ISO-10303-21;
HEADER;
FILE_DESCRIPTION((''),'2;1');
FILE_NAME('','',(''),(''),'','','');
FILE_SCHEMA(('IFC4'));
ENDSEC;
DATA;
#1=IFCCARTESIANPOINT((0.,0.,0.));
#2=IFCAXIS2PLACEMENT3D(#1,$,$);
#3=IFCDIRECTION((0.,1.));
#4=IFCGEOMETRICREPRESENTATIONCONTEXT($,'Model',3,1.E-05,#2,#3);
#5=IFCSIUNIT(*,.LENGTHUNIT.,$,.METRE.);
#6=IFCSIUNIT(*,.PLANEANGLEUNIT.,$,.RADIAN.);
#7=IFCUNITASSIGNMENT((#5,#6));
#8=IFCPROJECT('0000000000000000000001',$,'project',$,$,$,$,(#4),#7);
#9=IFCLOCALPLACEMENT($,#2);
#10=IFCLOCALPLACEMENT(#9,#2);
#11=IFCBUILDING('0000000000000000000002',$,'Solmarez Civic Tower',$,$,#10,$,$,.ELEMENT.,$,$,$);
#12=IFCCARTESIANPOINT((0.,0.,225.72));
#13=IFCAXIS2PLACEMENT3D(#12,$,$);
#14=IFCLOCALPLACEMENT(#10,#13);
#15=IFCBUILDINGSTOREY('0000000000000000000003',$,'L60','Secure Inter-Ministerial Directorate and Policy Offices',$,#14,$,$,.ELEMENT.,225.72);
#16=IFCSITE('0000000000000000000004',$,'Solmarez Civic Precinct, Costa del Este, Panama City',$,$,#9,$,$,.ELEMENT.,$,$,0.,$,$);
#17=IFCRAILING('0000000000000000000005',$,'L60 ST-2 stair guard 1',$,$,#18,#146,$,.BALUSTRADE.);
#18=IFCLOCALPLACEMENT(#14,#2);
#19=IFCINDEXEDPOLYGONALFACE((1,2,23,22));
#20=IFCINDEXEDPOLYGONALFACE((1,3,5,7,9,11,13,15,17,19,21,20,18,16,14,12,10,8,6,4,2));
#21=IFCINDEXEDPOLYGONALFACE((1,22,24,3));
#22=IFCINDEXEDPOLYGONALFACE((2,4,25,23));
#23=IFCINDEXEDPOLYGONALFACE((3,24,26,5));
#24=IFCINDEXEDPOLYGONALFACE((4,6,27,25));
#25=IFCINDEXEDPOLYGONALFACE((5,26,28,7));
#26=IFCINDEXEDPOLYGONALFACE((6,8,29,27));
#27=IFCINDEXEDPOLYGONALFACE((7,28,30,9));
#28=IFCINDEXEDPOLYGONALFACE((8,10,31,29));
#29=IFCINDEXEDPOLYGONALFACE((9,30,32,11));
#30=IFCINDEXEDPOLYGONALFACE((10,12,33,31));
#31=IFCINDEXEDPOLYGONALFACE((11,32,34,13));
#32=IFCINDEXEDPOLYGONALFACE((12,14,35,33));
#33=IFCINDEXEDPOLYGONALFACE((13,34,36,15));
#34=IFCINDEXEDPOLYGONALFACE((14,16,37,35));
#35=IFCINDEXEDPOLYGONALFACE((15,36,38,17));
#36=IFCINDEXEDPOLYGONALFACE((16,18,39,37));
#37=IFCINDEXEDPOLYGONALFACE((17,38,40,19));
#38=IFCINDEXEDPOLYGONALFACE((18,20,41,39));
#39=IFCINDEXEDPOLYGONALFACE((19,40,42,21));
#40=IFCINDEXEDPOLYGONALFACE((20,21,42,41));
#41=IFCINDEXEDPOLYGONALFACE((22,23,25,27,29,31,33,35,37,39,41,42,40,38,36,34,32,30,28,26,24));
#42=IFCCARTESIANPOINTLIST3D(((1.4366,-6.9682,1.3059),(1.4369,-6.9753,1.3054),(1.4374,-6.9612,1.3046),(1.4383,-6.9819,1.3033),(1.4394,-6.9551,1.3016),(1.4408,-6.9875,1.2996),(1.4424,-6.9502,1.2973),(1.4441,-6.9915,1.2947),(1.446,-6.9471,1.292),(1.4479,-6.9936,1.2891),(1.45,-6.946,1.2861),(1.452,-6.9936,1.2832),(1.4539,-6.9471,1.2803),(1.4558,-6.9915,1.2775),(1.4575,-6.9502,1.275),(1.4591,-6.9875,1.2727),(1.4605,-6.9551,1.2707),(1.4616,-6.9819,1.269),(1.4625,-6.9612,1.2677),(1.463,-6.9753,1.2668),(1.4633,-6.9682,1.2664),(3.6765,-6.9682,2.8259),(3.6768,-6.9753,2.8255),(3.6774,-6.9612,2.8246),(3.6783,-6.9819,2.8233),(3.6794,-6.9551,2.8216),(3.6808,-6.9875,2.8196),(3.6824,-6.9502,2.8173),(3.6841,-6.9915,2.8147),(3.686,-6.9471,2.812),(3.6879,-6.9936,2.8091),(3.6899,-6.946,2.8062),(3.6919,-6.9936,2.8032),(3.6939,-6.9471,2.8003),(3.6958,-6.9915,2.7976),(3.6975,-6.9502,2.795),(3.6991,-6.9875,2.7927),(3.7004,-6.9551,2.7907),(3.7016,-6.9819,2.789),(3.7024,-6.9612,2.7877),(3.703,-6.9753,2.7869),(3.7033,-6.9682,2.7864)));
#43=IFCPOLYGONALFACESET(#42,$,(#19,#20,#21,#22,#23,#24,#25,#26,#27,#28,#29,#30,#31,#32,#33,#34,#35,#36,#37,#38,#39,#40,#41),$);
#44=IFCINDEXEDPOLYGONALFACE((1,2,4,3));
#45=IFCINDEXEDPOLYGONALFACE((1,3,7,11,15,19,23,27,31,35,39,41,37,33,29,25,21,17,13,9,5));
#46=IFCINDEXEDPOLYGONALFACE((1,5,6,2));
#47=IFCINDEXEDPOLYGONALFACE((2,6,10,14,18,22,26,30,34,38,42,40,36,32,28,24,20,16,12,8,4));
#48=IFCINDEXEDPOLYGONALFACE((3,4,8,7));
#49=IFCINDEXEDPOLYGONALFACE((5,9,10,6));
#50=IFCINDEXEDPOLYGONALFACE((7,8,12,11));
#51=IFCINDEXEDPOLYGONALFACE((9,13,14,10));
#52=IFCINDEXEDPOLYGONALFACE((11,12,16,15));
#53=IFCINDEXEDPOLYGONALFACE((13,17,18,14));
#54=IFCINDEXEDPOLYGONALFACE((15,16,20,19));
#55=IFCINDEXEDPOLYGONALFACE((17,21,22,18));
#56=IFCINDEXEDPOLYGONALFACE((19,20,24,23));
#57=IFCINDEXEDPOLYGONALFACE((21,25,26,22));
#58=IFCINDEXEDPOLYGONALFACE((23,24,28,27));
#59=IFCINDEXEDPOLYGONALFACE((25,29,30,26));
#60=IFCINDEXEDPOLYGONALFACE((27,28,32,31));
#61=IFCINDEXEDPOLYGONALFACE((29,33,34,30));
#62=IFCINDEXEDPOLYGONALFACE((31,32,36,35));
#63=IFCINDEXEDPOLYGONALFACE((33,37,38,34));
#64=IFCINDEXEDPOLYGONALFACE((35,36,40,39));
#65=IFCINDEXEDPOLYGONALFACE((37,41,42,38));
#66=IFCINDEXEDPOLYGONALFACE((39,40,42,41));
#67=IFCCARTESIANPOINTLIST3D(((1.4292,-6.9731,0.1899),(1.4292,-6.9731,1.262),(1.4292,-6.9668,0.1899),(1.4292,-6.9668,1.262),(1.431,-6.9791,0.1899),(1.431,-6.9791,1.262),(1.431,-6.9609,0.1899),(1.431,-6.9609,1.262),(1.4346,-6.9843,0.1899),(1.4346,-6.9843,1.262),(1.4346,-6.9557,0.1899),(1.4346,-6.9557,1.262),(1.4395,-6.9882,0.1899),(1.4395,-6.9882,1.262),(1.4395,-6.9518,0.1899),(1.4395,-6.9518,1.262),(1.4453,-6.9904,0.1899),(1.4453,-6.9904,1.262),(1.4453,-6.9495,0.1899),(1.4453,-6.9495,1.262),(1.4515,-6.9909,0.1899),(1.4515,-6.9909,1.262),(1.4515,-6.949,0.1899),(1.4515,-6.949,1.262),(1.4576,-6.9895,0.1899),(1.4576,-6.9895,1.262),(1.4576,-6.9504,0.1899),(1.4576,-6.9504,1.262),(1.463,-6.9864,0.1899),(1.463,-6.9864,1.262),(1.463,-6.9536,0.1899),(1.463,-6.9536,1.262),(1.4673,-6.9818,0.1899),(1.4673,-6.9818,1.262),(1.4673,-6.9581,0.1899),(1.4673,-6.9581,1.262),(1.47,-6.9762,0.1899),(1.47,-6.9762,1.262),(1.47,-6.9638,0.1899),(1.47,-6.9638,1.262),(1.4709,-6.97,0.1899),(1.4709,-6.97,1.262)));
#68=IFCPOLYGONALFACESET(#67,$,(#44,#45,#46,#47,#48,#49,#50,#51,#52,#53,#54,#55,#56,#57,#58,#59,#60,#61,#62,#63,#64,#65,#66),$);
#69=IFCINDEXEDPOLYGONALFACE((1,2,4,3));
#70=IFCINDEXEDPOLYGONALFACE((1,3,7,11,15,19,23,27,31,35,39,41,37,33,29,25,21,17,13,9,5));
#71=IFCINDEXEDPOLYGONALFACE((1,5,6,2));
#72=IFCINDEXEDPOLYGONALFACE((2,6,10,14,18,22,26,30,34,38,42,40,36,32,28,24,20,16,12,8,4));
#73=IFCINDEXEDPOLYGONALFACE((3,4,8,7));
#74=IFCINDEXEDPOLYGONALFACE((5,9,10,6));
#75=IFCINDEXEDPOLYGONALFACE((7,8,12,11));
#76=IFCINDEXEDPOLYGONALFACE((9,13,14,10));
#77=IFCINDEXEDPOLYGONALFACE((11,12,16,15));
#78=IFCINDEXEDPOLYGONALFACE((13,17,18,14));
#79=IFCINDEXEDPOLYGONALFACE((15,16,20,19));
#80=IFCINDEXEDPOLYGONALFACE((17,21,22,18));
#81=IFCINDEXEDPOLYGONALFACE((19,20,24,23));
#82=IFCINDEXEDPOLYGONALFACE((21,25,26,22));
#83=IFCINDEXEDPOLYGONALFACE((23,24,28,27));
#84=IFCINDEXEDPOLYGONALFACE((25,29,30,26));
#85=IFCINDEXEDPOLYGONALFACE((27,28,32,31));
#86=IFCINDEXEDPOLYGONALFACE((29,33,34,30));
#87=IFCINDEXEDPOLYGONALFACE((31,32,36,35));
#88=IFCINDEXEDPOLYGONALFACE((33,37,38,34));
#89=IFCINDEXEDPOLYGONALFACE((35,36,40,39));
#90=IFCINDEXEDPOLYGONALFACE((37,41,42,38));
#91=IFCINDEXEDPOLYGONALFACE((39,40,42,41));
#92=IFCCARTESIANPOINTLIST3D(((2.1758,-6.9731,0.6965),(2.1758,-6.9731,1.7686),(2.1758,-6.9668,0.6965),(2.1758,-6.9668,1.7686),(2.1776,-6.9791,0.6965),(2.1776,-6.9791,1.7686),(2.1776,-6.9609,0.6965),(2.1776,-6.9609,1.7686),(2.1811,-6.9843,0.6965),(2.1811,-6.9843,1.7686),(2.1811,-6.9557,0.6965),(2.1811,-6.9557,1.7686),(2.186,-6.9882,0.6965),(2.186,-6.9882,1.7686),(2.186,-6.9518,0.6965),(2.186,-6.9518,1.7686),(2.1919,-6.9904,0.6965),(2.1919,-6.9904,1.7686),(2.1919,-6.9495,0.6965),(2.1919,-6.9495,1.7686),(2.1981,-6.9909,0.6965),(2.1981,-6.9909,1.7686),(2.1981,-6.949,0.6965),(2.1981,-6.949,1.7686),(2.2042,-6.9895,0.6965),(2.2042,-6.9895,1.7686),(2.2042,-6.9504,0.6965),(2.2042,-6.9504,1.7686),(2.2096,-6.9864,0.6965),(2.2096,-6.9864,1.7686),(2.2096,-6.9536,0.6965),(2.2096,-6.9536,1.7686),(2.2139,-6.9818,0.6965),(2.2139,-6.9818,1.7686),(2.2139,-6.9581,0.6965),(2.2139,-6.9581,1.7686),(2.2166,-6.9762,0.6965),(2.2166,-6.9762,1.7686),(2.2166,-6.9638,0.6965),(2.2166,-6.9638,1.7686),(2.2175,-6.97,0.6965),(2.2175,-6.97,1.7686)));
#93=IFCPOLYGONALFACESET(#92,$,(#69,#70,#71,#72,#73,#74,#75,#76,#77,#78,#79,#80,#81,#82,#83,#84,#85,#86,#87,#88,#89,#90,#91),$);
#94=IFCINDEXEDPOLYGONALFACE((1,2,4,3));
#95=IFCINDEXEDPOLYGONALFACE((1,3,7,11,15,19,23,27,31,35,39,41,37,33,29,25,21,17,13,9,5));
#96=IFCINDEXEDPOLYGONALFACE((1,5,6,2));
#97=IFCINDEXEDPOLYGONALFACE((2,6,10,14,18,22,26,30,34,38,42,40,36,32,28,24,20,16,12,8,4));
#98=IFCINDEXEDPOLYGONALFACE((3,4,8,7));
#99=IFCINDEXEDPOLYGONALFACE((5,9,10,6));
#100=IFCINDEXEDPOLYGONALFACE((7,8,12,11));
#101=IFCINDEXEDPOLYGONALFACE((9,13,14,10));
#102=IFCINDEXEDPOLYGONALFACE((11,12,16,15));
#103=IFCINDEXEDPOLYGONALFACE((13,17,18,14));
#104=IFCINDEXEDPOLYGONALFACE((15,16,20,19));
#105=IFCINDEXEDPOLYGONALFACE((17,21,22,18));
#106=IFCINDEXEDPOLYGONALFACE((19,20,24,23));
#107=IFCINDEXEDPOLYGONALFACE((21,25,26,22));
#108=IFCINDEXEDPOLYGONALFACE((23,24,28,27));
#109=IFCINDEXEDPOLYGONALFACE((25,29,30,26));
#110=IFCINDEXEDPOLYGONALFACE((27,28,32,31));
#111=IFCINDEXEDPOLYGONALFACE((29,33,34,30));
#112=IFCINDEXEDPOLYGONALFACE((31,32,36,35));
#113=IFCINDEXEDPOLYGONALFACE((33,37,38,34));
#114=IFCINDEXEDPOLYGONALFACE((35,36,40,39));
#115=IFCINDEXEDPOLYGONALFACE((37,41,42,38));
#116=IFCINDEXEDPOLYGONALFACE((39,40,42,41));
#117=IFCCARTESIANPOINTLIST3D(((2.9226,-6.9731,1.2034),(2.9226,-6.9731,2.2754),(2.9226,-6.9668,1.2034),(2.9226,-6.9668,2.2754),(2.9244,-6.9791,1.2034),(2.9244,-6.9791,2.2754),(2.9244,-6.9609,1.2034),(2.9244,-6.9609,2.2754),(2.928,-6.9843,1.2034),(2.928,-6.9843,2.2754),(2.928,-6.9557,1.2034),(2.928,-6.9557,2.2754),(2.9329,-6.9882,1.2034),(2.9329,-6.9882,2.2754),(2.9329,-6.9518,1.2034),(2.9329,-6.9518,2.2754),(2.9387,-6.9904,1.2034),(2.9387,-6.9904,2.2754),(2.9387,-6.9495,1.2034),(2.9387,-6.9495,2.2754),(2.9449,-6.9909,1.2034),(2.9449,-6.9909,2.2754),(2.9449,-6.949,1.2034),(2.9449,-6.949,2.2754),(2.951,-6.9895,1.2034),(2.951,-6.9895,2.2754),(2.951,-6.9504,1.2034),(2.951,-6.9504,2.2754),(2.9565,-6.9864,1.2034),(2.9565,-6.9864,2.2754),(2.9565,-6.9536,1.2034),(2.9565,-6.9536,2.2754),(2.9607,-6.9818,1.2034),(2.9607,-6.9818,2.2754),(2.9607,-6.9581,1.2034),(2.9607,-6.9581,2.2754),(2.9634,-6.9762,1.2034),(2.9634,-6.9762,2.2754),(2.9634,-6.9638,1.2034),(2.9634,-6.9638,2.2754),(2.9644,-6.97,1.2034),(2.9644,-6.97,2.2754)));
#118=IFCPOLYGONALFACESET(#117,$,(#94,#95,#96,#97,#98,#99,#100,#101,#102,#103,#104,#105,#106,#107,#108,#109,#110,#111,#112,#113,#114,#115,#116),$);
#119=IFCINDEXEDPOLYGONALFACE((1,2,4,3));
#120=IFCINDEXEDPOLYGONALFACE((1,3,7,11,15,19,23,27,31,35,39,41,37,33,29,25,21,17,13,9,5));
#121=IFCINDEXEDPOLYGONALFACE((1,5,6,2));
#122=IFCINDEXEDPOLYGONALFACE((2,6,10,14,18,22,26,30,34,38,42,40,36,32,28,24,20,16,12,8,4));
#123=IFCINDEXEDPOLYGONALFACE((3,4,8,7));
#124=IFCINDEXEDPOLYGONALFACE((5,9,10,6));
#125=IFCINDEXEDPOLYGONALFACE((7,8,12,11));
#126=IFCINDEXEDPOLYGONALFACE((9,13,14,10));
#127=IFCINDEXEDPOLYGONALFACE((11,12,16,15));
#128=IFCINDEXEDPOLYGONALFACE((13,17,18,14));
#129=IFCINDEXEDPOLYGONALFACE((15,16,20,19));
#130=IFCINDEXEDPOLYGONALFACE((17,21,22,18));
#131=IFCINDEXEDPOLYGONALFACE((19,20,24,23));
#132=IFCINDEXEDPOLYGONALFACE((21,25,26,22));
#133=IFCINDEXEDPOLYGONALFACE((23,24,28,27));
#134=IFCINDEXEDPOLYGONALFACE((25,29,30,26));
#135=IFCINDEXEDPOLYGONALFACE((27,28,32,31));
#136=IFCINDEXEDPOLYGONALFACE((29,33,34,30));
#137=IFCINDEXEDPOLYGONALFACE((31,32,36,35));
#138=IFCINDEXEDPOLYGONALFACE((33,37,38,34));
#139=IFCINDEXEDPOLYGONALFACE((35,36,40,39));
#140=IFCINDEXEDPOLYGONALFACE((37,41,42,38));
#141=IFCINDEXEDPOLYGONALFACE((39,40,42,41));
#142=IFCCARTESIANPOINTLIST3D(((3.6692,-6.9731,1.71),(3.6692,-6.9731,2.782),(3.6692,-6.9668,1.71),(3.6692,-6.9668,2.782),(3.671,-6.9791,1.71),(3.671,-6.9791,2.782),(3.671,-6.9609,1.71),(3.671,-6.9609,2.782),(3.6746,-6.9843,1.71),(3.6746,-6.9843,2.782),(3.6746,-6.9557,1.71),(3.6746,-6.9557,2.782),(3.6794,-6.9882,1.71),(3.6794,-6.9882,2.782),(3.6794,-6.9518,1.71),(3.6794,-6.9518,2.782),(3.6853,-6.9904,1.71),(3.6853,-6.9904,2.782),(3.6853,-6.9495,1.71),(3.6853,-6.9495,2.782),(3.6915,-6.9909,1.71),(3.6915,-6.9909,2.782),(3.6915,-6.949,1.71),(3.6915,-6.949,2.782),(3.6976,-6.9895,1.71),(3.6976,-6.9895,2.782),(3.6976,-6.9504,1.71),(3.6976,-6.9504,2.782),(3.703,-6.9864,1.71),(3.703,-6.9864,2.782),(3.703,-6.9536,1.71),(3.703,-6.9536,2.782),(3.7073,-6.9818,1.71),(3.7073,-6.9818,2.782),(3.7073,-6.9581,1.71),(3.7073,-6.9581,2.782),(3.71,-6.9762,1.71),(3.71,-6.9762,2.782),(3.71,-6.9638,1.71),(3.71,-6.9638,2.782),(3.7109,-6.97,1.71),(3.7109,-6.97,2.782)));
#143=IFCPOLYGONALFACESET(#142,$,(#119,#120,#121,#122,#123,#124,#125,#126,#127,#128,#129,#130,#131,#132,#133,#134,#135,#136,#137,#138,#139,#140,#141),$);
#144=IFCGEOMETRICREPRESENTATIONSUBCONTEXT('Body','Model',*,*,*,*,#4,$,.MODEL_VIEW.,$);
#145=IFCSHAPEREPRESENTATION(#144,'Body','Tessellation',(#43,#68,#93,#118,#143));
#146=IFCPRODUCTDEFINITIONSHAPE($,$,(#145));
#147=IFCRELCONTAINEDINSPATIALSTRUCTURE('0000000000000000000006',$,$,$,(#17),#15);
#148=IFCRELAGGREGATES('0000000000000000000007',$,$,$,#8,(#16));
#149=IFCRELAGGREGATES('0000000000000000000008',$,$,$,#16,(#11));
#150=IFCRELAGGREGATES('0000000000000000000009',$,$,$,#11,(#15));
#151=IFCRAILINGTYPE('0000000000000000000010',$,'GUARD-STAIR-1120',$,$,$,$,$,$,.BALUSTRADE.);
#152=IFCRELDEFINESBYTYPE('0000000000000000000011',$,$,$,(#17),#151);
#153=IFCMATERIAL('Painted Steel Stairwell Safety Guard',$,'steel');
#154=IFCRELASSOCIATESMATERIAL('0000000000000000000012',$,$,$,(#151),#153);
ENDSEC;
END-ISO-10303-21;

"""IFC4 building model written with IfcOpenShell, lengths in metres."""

from ifc_helpers import new_model, si_unit, direction, frame, origin, origin_2d, place, context, subcontext, project, spatial, circle, extrude, material, type_object, element, save


model = new_model("IFC4")

# Units and contexts
model_context = context("Model", 3, precision=1e-05, world=origin(), true_north=direction((0.0, 1.0)))
body_context = subcontext(model_context, "Body", "Model", "MODEL_VIEW")
ifc_project = project(units=[si_unit("LENGTHUNIT", "METRE"), si_unit("PLANEANGLEUNIT", "RADIAN")], contexts=[model_context])

# Site, building, storey
site_placement = place(None, origin())
site = spatial("IfcSite", under=ifc_project, at=site_placement, Name="Solmarez Civic Precinct, Costa del Este, Panama City", CompositionType="ELEMENT", RefElevation=0.0)
building_placement = place(site_placement, origin())
building = spatial("IfcBuilding", under=site, at=building_placement, Name="Solmarez Civic Tower", CompositionType="ELEMENT")
storey_placement = place(building_placement, frame((0.0, 0.0, 225.72)))
storey = spatial("IfcBuildingStorey", under=building, at=storey_placement, Name="L60", Description="Secure Inter-Ministerial Directorate and Policy Offices", CompositionType="ELEMENT", Elevation=225.72)

# Railing
ifc_material_1 = material(Name="Painted Steel Stairwell Safety Guard", Category="steel")
railing_type_1 = type_object("IfcRailingType", Name="GUARD-STAIR-1120", PredefinedType="BALUSTRADE", material=ifc_material_1)
railing_1_placement = place(storey_placement, frame((1.45, -6.97, 0.1899)))
element("IfcRailing", 1, at=railing_1_placement, inside=storey, type_object=railing_type_1, Name="L60 ST-2 stair guard 1", PredefinedType="BALUSTRADE", context=body_context, shape_type="SweptSolid", body=[
    extrude(circle(Radius=0.0239, at=origin_2d()), frame((0.0, 0.0, 1.0962), z_axis=(0.827471, 0.0, 0.561508), x_axis=(0.0, 1.0, 0.0)), (0.0, 0.0, 1.0), 2.707),
    extrude(circle(Radius=0.021, at=origin_2d()), origin(), (0.0, 0.0, 1.0), 1.072),
    extrude(circle(Radius=0.021, at=origin_2d()), frame((0.7466, 0.0, 0.5066)), (0.0, 0.0, 1.0), 1.072),
    extrude(circle(Radius=0.021, at=origin_2d()), frame((1.4934, 0.0, 1.0134)), (0.0, 0.0, 1.0), 1.072),
    extrude(circle(Radius=0.021, at=origin_2d()), frame((2.24, 0.0, 1.52)), (0.0, 0.0, 1.0), 1.072),
])

save(model, "model.ifc")
